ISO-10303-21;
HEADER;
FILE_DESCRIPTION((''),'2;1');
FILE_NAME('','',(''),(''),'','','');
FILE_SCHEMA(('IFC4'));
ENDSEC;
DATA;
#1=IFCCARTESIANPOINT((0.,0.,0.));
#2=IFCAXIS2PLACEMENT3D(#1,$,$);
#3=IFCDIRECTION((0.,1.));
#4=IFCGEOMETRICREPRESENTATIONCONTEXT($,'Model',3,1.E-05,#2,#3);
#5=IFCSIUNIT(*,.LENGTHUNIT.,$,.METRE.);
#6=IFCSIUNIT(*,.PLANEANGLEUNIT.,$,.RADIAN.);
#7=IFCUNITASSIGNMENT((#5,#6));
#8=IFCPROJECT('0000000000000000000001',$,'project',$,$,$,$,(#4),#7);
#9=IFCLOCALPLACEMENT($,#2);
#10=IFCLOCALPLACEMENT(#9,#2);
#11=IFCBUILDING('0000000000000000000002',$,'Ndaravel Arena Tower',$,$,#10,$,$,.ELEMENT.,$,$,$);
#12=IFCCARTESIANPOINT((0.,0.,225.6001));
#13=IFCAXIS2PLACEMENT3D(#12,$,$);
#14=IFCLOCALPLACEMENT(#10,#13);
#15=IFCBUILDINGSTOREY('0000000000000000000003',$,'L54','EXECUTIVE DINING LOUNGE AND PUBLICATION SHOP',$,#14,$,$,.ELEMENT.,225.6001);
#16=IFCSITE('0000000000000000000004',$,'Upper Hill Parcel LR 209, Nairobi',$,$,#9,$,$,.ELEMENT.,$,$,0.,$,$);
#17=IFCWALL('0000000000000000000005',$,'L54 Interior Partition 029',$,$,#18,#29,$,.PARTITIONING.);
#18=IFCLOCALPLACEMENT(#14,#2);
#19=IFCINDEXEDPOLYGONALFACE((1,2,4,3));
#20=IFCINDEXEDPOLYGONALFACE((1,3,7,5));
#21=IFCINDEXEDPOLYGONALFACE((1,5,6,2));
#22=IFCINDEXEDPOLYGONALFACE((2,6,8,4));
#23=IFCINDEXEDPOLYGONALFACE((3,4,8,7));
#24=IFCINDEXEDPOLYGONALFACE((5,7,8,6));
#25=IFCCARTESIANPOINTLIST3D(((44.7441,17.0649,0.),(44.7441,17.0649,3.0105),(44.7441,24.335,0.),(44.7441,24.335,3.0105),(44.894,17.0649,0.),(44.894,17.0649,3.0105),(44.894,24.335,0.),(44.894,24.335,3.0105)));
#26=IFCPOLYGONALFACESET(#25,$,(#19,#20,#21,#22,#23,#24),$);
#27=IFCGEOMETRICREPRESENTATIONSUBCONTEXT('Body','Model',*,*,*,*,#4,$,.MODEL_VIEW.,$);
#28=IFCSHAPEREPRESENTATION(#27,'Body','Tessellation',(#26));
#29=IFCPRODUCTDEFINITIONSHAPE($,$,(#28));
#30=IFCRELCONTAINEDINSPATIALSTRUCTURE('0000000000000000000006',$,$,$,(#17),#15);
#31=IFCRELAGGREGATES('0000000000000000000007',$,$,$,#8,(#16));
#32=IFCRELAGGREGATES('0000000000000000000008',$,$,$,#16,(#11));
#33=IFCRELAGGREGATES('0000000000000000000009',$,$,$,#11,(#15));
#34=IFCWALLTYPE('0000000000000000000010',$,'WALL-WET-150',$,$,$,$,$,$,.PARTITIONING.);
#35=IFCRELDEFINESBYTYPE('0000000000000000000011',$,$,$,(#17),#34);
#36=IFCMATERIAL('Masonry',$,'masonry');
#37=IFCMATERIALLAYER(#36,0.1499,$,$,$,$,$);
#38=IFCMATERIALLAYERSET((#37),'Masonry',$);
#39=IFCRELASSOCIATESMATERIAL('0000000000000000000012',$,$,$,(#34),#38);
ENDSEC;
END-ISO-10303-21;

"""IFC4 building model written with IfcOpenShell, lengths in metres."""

from ifc_helpers import new_model, si_unit, direction, frame, frame_2d, origin, place, context, subcontext, project, spatial, rectangle, extrude, material, layer, layer_set, type_object, element, save


model = new_model("IFC4")

# Units and contexts
model_context = context("Model", 3, precision=1e-05, world=origin(), true_north=direction((0.0, 1.0)))
body_context = subcontext(model_context, "Body", "Model", "MODEL_VIEW")
ifc_project = project(units=[si_unit("LENGTHUNIT", "METRE"), si_unit("PLANEANGLEUNIT", "RADIAN")], contexts=[model_context])

# Site, building, storey
site_placement = place(None, origin())
site = spatial("IfcSite", under=ifc_project, at=site_placement, Name="Upper Hill Parcel LR 209, Nairobi", CompositionType="ELEMENT", RefElevation=0.0)
building_placement = place(site_placement, origin())
building = spatial("IfcBuilding", under=site, at=building_placement, Name="Ndaravel Arena Tower", CompositionType="ELEMENT")
storey_placement = place(building_placement, frame((0.0, 0.0, 225.6001)))
storey = spatial("IfcBuildingStorey", under=building, at=storey_placement, Name="L54", Description="EXECUTIVE DINING LOUNGE AND PUBLICATION SHOP", CompositionType="ELEMENT", Elevation=225.6001)

# Shared definitions
ifc_material_1 = material(Name="Masonry", Category="masonry")
ifc_layer_1 = layer(ifc_material_1, 0.1499)
ifc_layer_set_1 = layer_set([ifc_layer_1], Name="Masonry")
wall_type_1 = type_object("IfcWallType", Name="WALL-WET-150", PredefinedType="PARTITIONING", material=ifc_layer_set_1)

# Wall
wall_1_placement = place(storey_placement, frame((44.8191, 24.335, 0.0), z_axis=(0.0, 0.0, 1.0), x_axis=(0.0, -1.0, 0.0)))
element("IfcWall", 1, at=wall_1_placement, inside=storey, type_object=wall_type_1, Name="L54 Interior Partition 029", PredefinedType="PARTITIONING", context=body_context, shape_type="SweptSolid", body=[
    extrude(rectangle(XDim=7.27, YDim=0.1499, at=frame_2d((3.635, 0.0))), origin(), (0.0, 0.0, 1.0), 3.0105),
])

save(model, "model.ifc")
